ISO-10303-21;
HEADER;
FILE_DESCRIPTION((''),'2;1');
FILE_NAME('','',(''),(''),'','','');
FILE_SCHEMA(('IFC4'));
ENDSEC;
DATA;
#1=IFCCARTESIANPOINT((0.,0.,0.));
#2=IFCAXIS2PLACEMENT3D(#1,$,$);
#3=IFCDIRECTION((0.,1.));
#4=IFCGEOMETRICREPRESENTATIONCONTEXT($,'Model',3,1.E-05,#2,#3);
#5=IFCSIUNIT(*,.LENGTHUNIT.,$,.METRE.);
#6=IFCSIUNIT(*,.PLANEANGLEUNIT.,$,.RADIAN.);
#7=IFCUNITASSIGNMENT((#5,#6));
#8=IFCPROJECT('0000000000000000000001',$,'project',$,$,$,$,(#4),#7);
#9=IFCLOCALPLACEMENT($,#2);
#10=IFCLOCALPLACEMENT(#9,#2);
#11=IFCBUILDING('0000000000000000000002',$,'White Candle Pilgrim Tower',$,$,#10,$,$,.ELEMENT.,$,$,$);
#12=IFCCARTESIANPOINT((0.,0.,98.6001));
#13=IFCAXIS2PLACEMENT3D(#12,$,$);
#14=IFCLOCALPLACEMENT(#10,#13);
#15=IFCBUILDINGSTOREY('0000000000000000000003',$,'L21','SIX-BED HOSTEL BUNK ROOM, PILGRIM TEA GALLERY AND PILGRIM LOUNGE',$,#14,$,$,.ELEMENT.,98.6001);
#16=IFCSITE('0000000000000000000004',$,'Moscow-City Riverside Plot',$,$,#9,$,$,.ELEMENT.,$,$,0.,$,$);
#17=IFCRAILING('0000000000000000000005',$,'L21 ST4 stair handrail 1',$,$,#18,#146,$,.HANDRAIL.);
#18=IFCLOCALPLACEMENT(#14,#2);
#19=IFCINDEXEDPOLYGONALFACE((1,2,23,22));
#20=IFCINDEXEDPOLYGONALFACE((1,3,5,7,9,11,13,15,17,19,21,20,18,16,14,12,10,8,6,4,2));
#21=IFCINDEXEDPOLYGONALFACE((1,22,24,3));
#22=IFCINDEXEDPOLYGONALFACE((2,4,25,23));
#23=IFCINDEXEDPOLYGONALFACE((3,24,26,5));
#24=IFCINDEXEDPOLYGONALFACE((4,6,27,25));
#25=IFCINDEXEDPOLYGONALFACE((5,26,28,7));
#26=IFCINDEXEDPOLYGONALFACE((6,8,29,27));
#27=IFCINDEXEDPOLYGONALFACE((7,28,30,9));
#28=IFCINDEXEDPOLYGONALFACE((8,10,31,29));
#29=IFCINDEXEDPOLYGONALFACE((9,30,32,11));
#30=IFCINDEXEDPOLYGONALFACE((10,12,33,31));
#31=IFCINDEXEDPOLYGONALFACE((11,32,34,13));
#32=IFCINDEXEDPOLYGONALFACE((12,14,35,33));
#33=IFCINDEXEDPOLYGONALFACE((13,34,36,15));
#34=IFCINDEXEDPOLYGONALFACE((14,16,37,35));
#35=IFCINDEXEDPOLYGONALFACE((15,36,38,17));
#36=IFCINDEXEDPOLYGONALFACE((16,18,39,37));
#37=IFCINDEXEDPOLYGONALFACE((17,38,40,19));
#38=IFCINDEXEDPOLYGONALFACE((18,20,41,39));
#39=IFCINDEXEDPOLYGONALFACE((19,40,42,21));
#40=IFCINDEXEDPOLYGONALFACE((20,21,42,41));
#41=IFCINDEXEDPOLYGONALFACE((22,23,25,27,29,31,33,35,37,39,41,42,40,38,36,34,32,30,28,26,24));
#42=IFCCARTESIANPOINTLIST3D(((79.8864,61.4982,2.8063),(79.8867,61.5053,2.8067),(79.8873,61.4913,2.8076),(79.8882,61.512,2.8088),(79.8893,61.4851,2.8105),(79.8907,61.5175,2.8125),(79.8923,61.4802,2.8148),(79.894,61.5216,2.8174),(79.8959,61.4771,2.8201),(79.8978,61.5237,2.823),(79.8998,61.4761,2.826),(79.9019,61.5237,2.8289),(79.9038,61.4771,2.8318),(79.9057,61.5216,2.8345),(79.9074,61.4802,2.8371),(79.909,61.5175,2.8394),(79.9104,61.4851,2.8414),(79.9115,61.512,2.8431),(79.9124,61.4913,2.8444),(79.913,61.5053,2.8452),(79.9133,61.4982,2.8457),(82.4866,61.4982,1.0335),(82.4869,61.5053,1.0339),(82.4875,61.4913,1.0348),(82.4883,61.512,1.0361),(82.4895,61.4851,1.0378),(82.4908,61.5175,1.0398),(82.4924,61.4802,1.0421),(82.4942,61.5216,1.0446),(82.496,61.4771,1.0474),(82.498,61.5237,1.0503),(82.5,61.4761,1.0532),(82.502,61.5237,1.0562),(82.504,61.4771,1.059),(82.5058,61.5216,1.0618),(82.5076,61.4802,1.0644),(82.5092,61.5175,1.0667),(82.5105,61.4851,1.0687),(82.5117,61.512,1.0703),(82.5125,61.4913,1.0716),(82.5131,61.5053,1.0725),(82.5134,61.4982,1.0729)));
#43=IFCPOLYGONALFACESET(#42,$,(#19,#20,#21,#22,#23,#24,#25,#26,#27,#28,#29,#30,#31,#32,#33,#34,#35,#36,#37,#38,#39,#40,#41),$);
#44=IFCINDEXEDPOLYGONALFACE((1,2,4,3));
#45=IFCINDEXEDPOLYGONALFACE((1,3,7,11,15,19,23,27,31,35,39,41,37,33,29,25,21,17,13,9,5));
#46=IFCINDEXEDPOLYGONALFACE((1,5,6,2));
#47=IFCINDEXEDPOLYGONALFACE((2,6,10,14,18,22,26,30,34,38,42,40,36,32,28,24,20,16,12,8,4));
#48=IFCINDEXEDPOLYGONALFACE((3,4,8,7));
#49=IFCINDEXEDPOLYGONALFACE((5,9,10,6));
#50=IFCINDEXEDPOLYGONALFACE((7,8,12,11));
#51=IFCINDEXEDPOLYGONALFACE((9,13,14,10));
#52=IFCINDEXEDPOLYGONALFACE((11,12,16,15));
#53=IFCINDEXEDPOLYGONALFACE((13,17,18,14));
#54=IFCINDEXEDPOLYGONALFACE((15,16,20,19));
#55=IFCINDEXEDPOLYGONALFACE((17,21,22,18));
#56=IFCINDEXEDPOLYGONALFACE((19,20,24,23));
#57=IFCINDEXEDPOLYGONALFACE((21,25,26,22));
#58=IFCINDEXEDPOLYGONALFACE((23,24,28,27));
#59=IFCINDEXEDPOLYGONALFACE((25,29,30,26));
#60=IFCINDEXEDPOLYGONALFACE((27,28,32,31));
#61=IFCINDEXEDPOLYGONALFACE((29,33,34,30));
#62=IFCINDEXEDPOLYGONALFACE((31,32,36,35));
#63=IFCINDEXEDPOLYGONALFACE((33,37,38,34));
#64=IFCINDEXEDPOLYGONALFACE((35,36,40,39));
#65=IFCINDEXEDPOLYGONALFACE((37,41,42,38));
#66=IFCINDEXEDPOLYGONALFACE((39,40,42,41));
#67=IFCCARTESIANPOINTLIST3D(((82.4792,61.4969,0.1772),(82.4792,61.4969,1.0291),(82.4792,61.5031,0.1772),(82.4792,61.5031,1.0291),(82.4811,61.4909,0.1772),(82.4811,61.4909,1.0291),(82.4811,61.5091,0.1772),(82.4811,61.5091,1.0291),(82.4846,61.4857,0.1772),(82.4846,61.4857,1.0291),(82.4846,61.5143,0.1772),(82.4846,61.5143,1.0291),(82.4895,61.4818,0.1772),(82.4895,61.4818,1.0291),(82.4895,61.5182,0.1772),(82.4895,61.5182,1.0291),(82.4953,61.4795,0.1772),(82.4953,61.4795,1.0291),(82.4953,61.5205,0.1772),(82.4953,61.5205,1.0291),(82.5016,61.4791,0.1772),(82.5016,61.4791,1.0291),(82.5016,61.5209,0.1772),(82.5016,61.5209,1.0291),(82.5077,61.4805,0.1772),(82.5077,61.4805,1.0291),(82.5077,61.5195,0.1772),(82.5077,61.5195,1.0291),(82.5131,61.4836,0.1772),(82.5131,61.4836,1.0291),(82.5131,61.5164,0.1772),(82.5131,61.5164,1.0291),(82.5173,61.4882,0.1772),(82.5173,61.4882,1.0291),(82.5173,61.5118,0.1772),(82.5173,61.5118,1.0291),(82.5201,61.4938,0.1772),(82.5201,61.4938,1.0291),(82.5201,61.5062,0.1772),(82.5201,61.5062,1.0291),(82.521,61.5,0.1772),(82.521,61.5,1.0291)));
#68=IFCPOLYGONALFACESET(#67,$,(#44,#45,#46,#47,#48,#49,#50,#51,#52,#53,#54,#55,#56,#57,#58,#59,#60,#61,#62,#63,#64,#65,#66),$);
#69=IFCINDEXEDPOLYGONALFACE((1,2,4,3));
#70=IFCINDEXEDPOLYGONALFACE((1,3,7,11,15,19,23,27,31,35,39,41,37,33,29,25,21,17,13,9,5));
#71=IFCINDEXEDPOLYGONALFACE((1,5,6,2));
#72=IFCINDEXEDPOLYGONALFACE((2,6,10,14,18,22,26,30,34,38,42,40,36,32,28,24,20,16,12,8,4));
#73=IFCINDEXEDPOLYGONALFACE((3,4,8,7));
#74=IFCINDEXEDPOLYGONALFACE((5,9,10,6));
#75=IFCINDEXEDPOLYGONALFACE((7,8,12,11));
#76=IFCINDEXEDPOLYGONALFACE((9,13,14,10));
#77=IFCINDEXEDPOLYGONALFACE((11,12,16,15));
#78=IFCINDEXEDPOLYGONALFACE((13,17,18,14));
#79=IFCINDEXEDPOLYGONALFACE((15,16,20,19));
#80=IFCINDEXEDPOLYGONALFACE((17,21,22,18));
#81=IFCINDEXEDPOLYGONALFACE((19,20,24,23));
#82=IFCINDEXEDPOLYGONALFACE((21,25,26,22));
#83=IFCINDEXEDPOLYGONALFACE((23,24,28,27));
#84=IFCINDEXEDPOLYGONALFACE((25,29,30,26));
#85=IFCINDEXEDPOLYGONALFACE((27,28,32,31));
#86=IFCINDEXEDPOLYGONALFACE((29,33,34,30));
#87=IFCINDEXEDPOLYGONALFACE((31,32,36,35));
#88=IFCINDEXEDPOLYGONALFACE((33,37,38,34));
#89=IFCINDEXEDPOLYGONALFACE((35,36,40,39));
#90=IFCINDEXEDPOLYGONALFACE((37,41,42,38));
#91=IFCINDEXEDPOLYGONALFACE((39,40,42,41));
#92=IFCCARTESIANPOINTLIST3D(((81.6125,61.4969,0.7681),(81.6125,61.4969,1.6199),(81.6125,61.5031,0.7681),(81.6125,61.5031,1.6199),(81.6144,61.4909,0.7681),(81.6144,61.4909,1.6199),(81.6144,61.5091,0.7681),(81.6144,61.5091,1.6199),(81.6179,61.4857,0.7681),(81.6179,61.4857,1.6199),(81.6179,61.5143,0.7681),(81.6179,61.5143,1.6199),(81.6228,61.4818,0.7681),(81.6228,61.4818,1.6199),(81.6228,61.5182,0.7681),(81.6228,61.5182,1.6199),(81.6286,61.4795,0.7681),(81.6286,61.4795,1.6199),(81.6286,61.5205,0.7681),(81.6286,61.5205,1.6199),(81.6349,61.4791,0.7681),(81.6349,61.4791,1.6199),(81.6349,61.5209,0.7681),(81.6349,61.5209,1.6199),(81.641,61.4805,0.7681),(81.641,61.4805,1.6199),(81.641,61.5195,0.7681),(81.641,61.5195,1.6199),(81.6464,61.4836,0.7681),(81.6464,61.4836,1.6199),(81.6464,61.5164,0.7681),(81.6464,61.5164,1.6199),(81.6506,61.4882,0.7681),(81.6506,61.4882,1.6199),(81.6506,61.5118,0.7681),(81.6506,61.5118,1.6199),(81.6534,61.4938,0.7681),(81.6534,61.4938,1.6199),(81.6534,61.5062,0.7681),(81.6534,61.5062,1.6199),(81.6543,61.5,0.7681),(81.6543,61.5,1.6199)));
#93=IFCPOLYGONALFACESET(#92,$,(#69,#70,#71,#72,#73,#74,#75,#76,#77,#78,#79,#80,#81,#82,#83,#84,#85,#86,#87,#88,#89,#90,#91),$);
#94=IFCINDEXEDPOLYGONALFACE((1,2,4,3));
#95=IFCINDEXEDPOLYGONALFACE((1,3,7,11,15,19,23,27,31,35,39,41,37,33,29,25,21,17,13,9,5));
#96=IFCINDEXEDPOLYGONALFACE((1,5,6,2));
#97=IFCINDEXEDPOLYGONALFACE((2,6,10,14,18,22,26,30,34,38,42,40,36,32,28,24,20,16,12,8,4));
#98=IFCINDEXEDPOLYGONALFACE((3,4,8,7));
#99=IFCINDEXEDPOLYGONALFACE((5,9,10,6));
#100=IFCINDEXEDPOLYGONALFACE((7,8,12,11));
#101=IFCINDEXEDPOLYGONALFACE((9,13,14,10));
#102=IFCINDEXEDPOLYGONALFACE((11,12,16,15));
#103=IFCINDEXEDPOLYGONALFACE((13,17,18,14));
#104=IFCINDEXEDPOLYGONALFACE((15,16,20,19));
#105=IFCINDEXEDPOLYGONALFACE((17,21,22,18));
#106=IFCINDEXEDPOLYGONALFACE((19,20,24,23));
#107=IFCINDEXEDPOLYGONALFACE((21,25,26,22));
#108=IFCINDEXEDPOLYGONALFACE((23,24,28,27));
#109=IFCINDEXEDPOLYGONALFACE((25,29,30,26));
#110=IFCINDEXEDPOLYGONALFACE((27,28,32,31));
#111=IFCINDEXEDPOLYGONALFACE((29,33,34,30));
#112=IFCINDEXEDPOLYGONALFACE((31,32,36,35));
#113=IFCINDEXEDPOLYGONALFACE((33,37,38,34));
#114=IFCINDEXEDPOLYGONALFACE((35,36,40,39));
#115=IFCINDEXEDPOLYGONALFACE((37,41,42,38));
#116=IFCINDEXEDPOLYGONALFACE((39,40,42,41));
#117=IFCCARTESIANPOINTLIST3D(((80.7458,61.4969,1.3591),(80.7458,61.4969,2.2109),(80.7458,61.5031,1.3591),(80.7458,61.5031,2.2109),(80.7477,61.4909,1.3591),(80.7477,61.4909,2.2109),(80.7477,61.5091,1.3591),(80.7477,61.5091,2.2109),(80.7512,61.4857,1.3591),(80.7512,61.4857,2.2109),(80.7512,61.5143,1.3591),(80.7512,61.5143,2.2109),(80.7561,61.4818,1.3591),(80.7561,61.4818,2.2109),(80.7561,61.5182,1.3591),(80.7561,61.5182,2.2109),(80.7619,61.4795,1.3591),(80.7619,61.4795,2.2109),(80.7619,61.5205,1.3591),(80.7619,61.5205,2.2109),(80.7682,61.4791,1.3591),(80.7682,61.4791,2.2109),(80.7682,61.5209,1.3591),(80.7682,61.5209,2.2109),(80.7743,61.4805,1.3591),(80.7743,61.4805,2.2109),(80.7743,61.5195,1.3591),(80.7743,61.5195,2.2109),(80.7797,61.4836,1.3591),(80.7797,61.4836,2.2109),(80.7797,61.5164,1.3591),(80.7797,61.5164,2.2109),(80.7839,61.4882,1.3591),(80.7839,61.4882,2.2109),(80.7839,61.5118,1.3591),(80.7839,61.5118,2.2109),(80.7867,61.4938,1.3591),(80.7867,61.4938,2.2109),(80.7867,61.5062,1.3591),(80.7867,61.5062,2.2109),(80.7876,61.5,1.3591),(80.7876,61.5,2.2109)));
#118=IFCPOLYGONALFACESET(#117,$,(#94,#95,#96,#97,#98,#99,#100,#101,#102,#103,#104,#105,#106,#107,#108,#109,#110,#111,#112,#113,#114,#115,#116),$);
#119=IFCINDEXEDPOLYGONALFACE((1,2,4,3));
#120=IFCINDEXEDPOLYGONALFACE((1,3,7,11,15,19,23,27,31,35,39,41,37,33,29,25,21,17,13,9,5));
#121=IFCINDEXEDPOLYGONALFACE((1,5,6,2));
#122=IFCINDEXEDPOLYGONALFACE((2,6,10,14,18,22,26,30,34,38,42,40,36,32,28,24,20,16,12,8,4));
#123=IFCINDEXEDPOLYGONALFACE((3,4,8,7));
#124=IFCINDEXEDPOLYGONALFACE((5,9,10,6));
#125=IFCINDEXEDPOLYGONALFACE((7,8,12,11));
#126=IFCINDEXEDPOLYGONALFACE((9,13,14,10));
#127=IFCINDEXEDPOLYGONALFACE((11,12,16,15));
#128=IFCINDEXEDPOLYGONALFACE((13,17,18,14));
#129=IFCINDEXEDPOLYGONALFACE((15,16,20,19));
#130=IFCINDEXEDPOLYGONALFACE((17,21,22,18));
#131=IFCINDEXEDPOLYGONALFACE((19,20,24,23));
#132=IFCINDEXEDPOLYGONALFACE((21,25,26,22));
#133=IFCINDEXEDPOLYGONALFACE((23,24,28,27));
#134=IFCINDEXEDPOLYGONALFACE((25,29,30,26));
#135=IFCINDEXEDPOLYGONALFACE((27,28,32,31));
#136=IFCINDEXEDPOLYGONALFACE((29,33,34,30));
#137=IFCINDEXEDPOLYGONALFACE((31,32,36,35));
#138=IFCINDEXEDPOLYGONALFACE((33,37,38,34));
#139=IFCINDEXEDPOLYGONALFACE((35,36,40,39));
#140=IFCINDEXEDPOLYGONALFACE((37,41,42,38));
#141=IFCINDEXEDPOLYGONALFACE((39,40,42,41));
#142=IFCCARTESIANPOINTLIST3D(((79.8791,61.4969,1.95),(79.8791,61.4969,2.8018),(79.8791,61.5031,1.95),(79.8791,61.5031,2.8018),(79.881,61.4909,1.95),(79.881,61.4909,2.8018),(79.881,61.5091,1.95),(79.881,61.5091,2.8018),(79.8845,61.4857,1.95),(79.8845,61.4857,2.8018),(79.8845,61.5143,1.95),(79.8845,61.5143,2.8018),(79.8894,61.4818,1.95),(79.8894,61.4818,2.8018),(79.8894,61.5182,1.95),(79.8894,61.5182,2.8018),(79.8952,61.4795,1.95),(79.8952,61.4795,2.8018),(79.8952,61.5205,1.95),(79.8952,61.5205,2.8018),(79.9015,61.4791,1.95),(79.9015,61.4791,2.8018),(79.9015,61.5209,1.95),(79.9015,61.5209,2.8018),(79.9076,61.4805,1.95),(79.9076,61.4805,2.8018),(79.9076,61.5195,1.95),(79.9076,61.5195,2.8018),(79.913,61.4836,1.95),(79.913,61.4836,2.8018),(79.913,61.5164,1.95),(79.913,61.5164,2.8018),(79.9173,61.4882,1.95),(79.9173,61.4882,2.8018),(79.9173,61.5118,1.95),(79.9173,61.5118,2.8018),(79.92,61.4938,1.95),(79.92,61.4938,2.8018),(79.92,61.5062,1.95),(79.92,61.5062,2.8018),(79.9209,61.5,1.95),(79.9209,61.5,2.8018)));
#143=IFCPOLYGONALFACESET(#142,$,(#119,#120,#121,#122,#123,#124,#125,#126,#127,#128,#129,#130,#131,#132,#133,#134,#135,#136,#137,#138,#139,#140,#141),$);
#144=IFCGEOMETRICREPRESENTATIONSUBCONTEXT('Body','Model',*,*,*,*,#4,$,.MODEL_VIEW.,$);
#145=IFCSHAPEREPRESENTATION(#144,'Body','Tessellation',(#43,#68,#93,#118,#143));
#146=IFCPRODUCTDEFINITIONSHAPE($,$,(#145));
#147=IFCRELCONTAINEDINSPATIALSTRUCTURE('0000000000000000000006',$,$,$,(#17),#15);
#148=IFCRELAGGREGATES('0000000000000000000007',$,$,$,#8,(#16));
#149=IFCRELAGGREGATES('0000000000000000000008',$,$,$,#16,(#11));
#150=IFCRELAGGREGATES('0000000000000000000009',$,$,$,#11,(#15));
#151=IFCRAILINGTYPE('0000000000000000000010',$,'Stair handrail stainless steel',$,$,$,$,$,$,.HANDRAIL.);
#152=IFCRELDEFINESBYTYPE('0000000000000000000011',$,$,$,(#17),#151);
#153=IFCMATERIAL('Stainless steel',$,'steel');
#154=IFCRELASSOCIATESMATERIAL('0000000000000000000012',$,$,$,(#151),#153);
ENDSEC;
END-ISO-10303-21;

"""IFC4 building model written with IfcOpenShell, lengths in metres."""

from ifc_helpers import new_model, si_unit, direction, frame, origin, origin_2d, place, context, subcontext, project, spatial, circle, extrude, material, type_object, element, save


model = new_model("IFC4")

# Units and contexts
model_context = context("Model", 3, precision=1e-05, world=origin(), true_north=direction((0.0, 1.0)))
body_context = subcontext(model_context, "Body", "Model", "MODEL_VIEW")
ifc_project = project(units=[si_unit("LENGTHUNIT", "METRE"), si_unit("PLANEANGLEUNIT", "RADIAN")], contexts=[model_context])

# Site, building, storey
site_placement = place(None, origin())
site = spatial("IfcSite", under=ifc_project, at=site_placement, Name="Moscow-City Riverside Plot", CompositionType="ELEMENT", RefElevation=0.0)
building_placement = place(site_placement, origin())
building = spatial("IfcBuilding", under=site, at=building_placement, Name="White Candle Pilgrim Tower", CompositionType="ELEMENT")
storey_placement = place(building_placement, frame((0.0, 0.0, 98.6001)))
storey = spatial("IfcBuildingStorey", under=building, at=storey_placement, Name="L21", Description="SIX-BED HOSTEL BUNK ROOM, PILGRIM TEA GALLERY AND PILGRIM LOUNGE", CompositionType="ELEMENT", Elevation=98.6001)

# Railing
ifc_material_1 = material(Name="Stainless steel", Category="steel")
railing_type_1 = type_object("IfcRailingType", Name="Stair handrail stainless steel", PredefinedType="HANDRAIL", material=ifc_material_1)
railing_1_placement = place(storey_placement, frame((82.5, 61.5, 0.1772)))
element("IfcRailing", 1, at=railing_1_placement, inside=storey, type_object=railing_type_1, Name="L21 ST4 stair handrail 1", PredefinedType="HANDRAIL", context=body_context, shape_type="SweptSolid", body=[
    extrude(circle(Radius=0.0239, at=origin_2d()), frame((0.0, 0.0, 0.876), z_axis=(-0.82624, 0.0, 0.563318), x_axis=(0.0, -1.0, 0.0)), (0.0, 0.0, 1.0), 3.147),
    extrude(circle(Radius=0.021, at=origin_2d()), origin(), (0.0, 0.0, 1.0), 0.8518),
    extrude(circle(Radius=0.021, at=origin_2d()), frame((-0.8667, 0.0, 0.5908)), (0.0, 0.0, 1.0), 0.8518),
    extrude(circle(Radius=0.021, at=origin_2d()), frame((-1.7334, 0.0, 1.1819)), (0.0, 0.0, 1.0), 0.8518),
    extrude(circle(Radius=0.021, at=origin_2d()), frame((-2.6001, 0.0, 1.7727)), (0.0, 0.0, 1.0), 0.8518),
])

save(model, "model.ifc")
